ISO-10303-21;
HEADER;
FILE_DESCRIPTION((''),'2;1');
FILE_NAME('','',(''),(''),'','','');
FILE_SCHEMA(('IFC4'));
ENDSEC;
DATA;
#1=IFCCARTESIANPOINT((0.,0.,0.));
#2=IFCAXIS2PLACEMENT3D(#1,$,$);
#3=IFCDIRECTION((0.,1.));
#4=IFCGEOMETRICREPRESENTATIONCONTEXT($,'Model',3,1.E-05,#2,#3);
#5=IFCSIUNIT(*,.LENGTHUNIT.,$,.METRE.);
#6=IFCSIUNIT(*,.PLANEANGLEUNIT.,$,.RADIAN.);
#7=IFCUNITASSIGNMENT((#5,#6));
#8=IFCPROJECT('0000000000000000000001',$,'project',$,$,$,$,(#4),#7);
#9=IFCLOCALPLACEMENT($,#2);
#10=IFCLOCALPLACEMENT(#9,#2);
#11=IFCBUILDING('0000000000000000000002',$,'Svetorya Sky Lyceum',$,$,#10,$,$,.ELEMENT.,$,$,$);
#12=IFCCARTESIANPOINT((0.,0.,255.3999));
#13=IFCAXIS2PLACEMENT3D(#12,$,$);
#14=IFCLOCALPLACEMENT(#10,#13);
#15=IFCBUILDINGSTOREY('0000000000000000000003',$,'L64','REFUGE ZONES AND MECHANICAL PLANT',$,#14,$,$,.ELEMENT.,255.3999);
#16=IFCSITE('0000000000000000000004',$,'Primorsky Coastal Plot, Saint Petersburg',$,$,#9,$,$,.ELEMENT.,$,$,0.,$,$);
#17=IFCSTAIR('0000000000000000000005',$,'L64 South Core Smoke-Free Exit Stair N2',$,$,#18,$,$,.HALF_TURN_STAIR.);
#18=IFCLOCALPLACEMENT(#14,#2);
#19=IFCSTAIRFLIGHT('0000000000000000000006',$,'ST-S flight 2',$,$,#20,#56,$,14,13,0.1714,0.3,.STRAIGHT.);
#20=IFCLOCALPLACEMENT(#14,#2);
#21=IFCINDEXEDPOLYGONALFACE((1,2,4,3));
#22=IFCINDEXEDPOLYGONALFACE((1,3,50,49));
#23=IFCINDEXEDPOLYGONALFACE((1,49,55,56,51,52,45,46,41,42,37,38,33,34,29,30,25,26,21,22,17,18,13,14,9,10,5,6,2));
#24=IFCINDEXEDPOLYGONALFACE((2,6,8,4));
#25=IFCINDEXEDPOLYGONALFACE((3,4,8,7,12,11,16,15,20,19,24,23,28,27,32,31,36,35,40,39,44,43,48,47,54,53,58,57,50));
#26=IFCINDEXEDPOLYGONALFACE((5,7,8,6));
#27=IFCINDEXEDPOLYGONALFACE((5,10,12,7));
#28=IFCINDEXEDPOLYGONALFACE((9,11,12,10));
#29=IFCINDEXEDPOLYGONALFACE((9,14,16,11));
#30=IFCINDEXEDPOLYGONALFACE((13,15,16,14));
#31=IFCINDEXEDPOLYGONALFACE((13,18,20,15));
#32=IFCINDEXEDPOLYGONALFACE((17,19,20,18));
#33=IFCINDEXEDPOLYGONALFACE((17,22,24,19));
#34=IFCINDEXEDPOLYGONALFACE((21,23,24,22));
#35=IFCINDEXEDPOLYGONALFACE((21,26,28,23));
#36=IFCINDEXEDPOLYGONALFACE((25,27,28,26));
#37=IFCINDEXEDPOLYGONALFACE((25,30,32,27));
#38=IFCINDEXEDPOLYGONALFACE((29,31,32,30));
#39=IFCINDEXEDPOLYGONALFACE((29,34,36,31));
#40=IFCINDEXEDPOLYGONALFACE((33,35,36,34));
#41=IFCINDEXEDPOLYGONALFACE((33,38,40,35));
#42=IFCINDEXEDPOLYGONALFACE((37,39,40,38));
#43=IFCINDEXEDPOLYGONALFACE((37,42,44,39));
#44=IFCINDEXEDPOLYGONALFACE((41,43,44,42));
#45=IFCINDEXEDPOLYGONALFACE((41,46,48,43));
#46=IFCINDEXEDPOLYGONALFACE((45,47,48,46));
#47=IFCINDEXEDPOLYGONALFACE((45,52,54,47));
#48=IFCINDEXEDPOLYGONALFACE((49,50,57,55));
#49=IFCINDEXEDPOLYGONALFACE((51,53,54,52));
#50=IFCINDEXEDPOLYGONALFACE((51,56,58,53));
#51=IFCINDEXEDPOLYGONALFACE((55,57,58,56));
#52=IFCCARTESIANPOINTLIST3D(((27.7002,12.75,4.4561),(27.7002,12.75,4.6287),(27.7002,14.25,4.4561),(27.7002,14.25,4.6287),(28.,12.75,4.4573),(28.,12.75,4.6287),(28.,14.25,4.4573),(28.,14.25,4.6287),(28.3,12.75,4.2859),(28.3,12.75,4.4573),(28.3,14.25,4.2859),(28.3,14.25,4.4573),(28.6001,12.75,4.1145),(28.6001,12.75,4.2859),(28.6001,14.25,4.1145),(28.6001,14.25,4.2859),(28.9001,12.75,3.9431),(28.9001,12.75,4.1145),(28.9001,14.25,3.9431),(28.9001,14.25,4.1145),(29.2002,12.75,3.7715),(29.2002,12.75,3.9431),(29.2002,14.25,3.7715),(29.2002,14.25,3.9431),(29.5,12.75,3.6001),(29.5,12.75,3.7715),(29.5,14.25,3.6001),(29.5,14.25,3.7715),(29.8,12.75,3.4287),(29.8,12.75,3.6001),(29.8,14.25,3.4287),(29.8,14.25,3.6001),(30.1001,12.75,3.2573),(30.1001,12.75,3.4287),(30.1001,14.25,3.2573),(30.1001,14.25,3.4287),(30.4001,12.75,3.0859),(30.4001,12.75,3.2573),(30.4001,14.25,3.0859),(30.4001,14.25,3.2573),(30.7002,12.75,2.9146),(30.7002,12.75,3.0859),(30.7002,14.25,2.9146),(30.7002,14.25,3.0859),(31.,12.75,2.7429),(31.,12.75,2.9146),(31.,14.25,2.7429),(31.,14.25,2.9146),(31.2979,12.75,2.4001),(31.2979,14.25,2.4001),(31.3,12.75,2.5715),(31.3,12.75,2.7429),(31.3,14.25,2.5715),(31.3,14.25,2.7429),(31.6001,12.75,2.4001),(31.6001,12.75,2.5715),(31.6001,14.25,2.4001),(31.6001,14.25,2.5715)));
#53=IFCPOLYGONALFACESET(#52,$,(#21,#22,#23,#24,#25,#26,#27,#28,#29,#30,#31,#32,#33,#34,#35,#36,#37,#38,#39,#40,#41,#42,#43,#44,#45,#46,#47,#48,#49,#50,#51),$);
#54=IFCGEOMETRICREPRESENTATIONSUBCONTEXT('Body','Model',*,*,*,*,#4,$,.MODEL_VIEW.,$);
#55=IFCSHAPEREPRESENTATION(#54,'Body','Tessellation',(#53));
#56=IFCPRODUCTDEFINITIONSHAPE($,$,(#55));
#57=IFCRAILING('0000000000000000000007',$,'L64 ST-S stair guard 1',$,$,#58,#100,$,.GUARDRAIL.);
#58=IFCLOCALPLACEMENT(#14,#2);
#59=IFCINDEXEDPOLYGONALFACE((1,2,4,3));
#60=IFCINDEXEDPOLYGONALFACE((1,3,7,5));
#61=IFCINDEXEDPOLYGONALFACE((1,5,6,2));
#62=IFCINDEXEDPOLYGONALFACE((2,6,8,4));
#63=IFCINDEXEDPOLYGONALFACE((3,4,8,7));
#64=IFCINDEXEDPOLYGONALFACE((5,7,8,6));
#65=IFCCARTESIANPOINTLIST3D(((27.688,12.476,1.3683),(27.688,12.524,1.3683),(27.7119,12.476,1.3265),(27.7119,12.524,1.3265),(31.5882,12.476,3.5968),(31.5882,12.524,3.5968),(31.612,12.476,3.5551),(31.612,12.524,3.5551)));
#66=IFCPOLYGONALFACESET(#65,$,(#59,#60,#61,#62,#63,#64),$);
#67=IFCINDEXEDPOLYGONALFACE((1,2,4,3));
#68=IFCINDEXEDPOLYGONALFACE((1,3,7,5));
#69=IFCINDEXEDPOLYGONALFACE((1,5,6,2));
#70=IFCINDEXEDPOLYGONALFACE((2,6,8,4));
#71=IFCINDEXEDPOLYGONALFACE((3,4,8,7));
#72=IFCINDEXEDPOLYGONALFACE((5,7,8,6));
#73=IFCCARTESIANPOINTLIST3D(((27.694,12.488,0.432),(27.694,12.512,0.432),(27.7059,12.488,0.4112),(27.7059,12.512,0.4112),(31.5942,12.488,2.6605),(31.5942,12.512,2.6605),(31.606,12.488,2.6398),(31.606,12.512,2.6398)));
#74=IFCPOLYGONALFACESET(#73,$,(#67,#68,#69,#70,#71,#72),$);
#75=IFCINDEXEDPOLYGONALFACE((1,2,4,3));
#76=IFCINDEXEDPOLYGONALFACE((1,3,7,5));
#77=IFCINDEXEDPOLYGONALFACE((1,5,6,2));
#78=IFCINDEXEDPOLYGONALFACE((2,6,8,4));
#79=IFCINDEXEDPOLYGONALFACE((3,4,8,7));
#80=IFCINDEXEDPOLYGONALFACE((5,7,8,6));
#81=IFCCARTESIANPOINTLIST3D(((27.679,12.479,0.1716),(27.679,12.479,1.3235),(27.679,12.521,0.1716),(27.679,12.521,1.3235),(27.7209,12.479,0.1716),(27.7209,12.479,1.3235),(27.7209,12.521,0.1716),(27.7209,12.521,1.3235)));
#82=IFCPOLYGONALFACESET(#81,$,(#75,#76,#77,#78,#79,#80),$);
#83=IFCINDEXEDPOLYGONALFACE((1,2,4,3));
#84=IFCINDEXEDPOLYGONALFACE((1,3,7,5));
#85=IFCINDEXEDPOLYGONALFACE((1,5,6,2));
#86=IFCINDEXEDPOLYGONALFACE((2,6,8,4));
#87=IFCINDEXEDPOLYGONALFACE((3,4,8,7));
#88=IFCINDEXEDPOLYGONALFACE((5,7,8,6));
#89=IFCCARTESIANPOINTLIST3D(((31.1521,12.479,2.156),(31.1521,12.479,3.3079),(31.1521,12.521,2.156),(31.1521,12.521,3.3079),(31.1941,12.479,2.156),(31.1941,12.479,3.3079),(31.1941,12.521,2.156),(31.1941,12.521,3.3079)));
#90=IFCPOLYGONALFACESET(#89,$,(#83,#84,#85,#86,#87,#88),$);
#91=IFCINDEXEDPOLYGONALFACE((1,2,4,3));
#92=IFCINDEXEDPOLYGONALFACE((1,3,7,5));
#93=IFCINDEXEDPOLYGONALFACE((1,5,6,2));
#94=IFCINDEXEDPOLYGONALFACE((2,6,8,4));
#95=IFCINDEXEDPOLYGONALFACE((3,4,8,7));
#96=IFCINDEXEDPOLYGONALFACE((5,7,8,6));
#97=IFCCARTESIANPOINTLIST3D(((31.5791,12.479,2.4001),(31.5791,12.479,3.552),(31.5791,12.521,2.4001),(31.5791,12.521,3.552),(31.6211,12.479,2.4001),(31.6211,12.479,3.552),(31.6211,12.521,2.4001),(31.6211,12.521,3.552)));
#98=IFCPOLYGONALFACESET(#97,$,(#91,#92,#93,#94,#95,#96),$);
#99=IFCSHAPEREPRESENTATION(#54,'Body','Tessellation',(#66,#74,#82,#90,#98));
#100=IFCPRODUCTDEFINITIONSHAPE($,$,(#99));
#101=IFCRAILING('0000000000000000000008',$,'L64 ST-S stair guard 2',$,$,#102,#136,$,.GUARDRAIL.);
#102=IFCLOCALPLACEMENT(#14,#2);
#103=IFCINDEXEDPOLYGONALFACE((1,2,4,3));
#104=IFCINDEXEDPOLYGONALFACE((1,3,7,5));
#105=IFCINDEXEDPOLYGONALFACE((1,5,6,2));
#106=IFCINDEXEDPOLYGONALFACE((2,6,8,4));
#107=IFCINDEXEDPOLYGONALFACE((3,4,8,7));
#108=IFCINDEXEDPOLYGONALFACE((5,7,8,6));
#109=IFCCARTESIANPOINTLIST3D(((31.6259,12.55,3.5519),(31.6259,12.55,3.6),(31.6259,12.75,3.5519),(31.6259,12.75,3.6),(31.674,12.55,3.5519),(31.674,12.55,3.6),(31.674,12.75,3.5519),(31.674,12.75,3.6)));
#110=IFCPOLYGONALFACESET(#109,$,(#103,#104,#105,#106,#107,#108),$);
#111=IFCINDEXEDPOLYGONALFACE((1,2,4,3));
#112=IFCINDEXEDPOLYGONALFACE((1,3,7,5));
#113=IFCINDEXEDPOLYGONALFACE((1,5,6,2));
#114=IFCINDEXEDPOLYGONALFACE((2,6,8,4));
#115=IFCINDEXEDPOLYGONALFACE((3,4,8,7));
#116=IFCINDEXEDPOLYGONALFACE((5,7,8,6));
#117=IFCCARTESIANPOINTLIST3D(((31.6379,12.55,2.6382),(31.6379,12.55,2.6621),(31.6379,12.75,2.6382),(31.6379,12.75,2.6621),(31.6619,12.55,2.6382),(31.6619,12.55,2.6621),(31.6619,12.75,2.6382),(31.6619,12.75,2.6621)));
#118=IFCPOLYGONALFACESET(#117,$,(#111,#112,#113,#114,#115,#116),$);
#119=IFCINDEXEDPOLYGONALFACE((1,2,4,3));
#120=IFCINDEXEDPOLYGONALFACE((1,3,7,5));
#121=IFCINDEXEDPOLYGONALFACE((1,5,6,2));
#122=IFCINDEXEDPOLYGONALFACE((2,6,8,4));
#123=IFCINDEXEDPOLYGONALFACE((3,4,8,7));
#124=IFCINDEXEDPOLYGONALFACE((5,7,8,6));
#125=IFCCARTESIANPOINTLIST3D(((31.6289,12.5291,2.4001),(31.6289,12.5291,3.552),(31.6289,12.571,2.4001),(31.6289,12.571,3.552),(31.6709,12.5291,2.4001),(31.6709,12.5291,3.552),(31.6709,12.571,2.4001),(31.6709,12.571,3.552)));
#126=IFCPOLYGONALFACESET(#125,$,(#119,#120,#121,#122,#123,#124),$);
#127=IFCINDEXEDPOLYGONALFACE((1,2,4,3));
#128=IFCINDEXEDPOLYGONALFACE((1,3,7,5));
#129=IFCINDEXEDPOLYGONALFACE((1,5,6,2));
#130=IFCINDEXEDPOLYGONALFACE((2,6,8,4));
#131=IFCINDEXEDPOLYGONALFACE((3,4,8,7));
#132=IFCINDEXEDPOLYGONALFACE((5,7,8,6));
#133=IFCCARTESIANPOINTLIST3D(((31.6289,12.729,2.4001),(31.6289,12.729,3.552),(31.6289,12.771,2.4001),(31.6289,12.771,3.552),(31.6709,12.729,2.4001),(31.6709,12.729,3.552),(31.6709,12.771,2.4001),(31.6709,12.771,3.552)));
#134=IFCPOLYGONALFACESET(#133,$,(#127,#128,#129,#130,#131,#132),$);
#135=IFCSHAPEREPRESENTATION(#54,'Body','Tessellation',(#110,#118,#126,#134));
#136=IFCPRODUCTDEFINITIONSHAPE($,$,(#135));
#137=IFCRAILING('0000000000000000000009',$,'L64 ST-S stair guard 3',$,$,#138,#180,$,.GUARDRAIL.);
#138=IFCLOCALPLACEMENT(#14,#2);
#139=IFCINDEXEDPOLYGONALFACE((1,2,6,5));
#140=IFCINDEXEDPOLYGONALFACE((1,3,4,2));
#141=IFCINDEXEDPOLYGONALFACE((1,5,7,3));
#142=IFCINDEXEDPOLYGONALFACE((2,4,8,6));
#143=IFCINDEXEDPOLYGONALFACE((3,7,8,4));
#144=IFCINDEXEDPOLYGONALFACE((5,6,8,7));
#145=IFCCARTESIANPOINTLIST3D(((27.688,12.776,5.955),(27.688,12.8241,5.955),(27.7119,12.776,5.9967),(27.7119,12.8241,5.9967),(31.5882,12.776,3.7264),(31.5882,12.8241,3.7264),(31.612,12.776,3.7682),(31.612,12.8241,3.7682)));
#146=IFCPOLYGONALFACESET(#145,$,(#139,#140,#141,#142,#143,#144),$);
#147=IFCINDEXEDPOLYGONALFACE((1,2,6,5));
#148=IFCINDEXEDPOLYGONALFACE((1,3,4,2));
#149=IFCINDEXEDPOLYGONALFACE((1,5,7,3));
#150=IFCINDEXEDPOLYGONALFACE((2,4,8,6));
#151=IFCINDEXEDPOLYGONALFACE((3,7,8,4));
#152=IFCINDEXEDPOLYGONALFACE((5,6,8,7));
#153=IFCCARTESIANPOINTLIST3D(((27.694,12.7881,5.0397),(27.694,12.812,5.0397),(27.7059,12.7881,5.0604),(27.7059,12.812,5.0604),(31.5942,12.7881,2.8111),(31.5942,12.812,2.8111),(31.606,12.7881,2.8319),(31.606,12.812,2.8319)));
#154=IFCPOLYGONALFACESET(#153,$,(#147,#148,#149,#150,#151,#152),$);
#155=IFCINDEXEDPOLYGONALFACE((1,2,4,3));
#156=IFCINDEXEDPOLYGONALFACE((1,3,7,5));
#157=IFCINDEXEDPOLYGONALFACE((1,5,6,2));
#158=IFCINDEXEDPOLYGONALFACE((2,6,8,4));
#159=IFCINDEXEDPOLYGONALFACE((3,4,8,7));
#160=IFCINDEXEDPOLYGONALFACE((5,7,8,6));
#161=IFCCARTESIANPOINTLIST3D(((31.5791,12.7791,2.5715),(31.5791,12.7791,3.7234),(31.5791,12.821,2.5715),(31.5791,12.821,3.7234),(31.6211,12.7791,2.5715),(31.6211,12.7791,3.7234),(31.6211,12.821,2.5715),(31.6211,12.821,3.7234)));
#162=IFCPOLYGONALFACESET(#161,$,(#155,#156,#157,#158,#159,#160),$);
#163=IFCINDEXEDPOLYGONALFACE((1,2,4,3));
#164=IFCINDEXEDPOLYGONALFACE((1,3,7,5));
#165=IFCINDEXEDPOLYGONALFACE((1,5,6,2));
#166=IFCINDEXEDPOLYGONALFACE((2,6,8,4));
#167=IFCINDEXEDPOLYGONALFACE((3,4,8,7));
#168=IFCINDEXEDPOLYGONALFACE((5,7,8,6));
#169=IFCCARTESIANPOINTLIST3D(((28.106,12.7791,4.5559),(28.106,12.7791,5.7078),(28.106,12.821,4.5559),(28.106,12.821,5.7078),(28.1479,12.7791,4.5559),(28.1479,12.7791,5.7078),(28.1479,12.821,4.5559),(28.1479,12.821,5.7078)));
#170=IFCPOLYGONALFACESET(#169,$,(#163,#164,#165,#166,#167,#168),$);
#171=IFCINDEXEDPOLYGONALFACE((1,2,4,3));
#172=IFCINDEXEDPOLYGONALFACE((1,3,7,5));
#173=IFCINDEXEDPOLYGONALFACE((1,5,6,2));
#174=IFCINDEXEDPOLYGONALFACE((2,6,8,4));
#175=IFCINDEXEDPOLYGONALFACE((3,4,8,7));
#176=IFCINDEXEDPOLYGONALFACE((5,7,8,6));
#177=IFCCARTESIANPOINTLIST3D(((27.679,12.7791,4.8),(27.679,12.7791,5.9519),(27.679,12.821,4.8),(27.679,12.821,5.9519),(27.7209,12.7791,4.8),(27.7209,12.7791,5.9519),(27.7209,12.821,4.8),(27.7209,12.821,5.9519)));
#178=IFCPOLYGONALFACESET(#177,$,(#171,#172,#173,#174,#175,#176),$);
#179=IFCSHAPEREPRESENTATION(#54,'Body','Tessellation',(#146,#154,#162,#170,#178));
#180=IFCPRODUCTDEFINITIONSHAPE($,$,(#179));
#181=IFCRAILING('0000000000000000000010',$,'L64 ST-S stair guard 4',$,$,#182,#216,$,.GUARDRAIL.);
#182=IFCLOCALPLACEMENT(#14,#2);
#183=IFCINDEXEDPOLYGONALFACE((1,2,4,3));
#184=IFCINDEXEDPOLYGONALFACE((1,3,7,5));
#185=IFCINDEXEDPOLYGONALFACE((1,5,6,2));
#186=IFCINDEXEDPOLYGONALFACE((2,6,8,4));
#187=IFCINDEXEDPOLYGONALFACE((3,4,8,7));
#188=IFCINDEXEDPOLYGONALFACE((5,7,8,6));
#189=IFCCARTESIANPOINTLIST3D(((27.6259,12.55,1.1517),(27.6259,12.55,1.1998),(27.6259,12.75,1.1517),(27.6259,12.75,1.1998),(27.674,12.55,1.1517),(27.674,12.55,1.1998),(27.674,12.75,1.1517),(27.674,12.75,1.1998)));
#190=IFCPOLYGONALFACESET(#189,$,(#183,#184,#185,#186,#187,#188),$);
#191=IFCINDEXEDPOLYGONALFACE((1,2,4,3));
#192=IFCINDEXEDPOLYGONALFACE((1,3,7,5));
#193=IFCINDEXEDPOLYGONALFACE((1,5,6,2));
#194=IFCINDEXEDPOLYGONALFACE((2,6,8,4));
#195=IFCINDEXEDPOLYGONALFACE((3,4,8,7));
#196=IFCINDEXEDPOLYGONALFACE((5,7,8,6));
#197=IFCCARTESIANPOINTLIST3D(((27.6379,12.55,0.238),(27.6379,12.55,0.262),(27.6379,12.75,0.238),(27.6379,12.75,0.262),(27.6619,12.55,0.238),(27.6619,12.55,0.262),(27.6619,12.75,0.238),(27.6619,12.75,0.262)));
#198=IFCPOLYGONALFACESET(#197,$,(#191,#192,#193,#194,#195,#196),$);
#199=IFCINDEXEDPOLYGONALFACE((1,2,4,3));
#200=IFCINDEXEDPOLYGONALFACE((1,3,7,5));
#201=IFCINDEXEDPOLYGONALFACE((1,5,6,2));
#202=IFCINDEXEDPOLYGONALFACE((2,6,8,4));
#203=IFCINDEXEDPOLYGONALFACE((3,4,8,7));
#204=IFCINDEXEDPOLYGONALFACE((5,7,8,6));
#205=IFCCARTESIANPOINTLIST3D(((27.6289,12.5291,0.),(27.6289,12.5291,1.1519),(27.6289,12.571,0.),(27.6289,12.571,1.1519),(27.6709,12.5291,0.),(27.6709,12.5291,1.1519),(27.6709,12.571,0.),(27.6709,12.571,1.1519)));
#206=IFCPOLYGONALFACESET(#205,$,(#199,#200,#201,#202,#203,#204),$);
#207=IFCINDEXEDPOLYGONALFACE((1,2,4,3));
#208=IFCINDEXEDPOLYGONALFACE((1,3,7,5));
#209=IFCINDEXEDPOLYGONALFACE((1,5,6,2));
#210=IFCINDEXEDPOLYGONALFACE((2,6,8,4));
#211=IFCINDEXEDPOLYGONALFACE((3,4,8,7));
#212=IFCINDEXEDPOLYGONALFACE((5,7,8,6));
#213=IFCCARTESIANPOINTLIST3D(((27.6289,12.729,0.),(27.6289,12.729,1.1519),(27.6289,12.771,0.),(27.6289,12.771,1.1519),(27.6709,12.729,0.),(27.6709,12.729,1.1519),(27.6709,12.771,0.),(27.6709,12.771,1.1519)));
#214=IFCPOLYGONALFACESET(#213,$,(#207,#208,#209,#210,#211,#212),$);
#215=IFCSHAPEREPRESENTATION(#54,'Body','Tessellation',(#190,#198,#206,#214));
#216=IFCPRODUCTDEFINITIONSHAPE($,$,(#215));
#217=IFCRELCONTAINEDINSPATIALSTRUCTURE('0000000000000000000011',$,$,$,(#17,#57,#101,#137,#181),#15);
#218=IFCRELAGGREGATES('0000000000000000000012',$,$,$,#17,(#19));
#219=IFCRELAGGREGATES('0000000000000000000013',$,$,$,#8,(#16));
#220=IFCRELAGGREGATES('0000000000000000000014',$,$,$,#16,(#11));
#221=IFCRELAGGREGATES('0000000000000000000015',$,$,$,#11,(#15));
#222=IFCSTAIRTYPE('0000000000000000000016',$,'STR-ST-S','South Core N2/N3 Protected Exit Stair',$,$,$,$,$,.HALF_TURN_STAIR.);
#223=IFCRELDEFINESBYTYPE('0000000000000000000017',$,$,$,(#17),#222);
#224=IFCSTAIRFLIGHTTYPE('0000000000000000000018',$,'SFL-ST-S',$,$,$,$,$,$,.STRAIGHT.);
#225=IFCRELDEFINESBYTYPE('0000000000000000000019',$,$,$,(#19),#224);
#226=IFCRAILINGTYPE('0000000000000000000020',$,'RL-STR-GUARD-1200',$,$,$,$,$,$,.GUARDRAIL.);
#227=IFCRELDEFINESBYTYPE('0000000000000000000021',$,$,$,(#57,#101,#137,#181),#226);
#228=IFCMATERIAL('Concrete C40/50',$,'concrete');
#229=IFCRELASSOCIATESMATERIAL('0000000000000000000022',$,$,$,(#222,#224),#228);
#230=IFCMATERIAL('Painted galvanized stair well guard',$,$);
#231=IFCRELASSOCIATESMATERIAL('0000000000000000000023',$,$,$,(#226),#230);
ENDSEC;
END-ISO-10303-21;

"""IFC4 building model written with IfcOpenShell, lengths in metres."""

from ifc_helpers import new_model, si_unit, direction, frame, origin, origin_2d, place, context, subcontext, project, spatial, polyline, rectangle, outline, extrude, material, type_object, element, aggregate, save


model = new_model("IFC4")

# Units and contexts
model_context = context("Model", 3, precision=1e-05, world=origin(), true_north=direction((0.0, 1.0)))
body_context = subcontext(model_context, "Body", "Model", "MODEL_VIEW")
ifc_project = project(units=[si_unit("LENGTHUNIT", "METRE"), si_unit("PLANEANGLEUNIT", "RADIAN")], contexts=[model_context])

# Site, building, storey
site_placement = place(None, origin())
site = spatial("IfcSite", under=ifc_project, at=site_placement, Name="Primorsky Coastal Plot, Saint Petersburg", CompositionType="ELEMENT", RefElevation=0.0)
building_placement = place(site_placement, origin())
building = spatial("IfcBuilding", under=site, at=building_placement, Name="Svetorya Sky Lyceum", CompositionType="ELEMENT")
storey_placement = place(building_placement, frame((0.0, 0.0, 255.3999)))
storey = spatial("IfcBuildingStorey", under=building, at=storey_placement, Name="L64", Description="REFUGE ZONES AND MECHANICAL PLANT", CompositionType="ELEMENT", Elevation=255.3999)

# Shared definitions
ifc_material_1 = material(Name="Concrete C40/50", Category="concrete")

# Stair, stair flight
stair_type = type_object("IfcStairType", Name="STR-ST-S", Description="South Core N2/N3 Protected Exit Stair", PredefinedType="HALF_TURN_STAIR", material=ifc_material_1)
stair_placement = place(storey_placement, origin())
stair = element("IfcStair", 1, at=stair_placement, inside=storey, type_object=stair_type, Name="L64 South Core Smoke-Free Exit Stair N2", PredefinedType="HALF_TURN_STAIR")
stair_flight_type = type_object("IfcStairFlightType", Name="SFL-ST-S", PredefinedType="STRAIGHT", material=ifc_material_1)
stair_flight_1_placement = place(storey_placement, frame((31.6001, 13.5, 2.4001), z_axis=(0.0, 0.0, 1.0), x_axis=(-1.0, 0.0, 0.0)))
stair_flight_1 = element("IfcStairFlight", 2, at=stair_flight_1_placement, type_object=stair_flight_type, Name="ST-S flight 2", NumberOfRisers=14, NumberOfTreads=13, PredefinedType="STRAIGHT", RiserHeight=0.1714, TreadLength=0.3, context=body_context, shape_type="SweptSolid", body=[
    extrude(outline(polyline([(0.0, 0.0), (0.0, 0.1714), (0.3, 0.1714), (0.3, 0.3428), (0.6001, 0.3428), (0.6001, 0.5144), (0.8999, 0.5144), (0.8999, 0.6858), (1.2, 0.6858), (1.2, 0.8572), (1.5, 0.8572), (1.5, 1.0286), (1.8, 1.0286), (1.8, 1.2), (2.1001, 1.2), (2.1001, 1.3713), (2.3999, 1.3713), (2.3999, 1.543), (2.7, 1.543), (2.7, 1.7144), (3.0, 1.7144), (3.0, 1.8857), (3.3, 1.8857), (3.3, 2.0571), (3.6001, 2.0571), (3.6001, 2.2285), (3.8999, 2.2285), (3.8999, 2.3999), (3.8999, 2.0559), (0.3022, 0.0), (0.0, 0.0)])), frame((0.0, 0.75, 0.0), z_axis=(0.0, -1.0, 0.0), x_axis=(1.0, 0.0, 0.0)), (0.0, 0.0, 1.0), 1.5),
])
aggregate(stair, [stair_flight_1])

# Railings
ifc_material_2 = material(Name="Painted galvanized stair well guard")
railing_type_1 = type_object("IfcRailingType", Name="RL-STR-GUARD-1200", PredefinedType="GUARDRAIL", material=ifc_material_2)
railing_1_placement = place(storey_placement, frame((27.7, 12.5, 0.1716)))
element("IfcRailing", 3, at=railing_1_placement, inside=storey, type_object=railing_type_1, Name="L64 ST-S stair guard 1", PredefinedType="GUARDRAIL", context=body_context, shape_type="SweptSolid", body=[
    extrude(rectangle(XDim=0.0481, YDim=0.0481, at=origin_2d()), frame((0.0, 0.0, 1.1758), z_axis=(0.868257, 0.0, 0.496116), x_axis=(0.0, 1.0, 0.0)), (0.0, 0.0, 1.0), 4.4919),
    extrude(rectangle(XDim=0.0239, YDim=0.0239, at=origin_2d()), frame((0.0, 0.0, 0.25), z_axis=(0.868257, 0.0, 0.496116), x_axis=(0.0, 1.0, 0.0)), (0.0, 0.0, 1.0), 4.4919),
    extrude(rectangle(XDim=0.042, YDim=0.042, at=origin_2d()), origin(), (0.0, 0.0, 1.0), 1.1519),
    extrude(rectangle(XDim=0.042, YDim=0.042, at=origin_2d()), frame((3.4731, 0.0, 1.9844)), (0.0, 0.0, 1.0), 1.1519),
    extrude(rectangle(XDim=0.042, YDim=0.042, at=origin_2d()), frame((3.9001, 0.0, 2.2285)), (0.0, 0.0, 1.0), 1.1519),
])
railing_2_placement = place(storey_placement, frame((31.6499, 12.55, 2.4001)))
element("IfcRailing", 4, at=railing_2_placement, inside=storey, type_object=railing_type_1, Name="L64 ST-S stair guard 2", PredefinedType="GUARDRAIL", context=body_context, shape_type="SweptSolid", body=[
    extrude(rectangle(XDim=0.0481, YDim=0.0481, at=origin_2d()), frame((0.0, 0.0, 1.1758), z_axis=(0.0, 1.0, 0.0), x_axis=(-1.0, 0.0, 0.0)), (0.0, 0.0, 1.0), 0.2),
    extrude(rectangle(XDim=0.0239, YDim=0.0239, at=origin_2d()), frame((0.0, 0.0, 0.25), z_axis=(0.0, 1.0, 0.0), x_axis=(-1.0, 0.0, 0.0)), (0.0, 0.0, 1.0), 0.2),
    extrude(rectangle(XDim=0.042, YDim=0.042, at=origin_2d()), origin(), (0.0, 0.0, 1.0), 1.1519),
    extrude(rectangle(XDim=0.042, YDim=0.042, at=origin_2d()), frame((0.0, 0.2, 0.0)), (0.0, 0.0, 1.0), 1.1519),
])
railing_3_placement = place(storey_placement, frame((31.6001, 12.8, 2.5715)))
element("IfcRailing", 5, at=railing_3_placement, inside=storey, type_object=railing_type_1, Name="L64 ST-S stair guard 3", PredefinedType="GUARDRAIL", context=body_context, shape_type="SweptSolid", body=[
    extrude(rectangle(XDim=0.0481, YDim=0.0481, at=origin_2d()), frame((0.0, 0.0, 1.1758), z_axis=(-0.868257, 0.0, 0.496116), x_axis=(0.0, -1.0, 0.0)), (0.0, 0.0, 1.0), 4.4919),
    extrude(rectangle(XDim=0.0239, YDim=0.0239, at=origin_2d()), frame((0.0, 0.0, 0.25), z_axis=(-0.868257, 0.0, 0.496116), x_axis=(0.0, -1.0, 0.0)), (0.0, 0.0, 1.0), 4.4919),
    extrude(rectangle(XDim=0.042, YDim=0.042, at=origin_2d()), origin(), (0.0, 0.0, 1.0), 1.1519),
    extrude(rectangle(XDim=0.042, YDim=0.042, at=origin_2d()), frame((-3.4731, 0.0, 1.9844)), (0.0, 0.0, 1.0), 1.1519),
    extrude(rectangle(XDim=0.042, YDim=0.042, at=origin_2d()), frame((-3.9001, 0.0, 2.2285)), (0.0, 0.0, 1.0), 1.1519),
])
railing_4_placement = place(storey_placement, frame((27.6499, 12.55, 0.0)))
element("IfcRailing", 6, at=railing_4_placement, inside=storey, type_object=railing_type_1, Name="L64 ST-S stair guard 4", PredefinedType="GUARDRAIL", context=body_context, shape_type="SweptSolid", body=[
    extrude(rectangle(XDim=0.0481, YDim=0.0481, at=origin_2d()), frame((0.0, 0.0, 1.1758), z_axis=(0.0, 1.0, 0.0), x_axis=(-1.0, 0.0, 0.0)), (0.0, 0.0, 1.0), 0.2),
    extrude(rectangle(XDim=0.0239, YDim=0.0239, at=origin_2d()), frame((0.0, 0.0, 0.25), z_axis=(0.0, 1.0, 0.0), x_axis=(-1.0, 0.0, 0.0)), (0.0, 0.0, 1.0), 0.2),
    extrude(rectangle(XDim=0.042, YDim=0.042, at=origin_2d()), origin(), (0.0, 0.0, 1.0), 1.1519),
    extrude(rectangle(XDim=0.042, YDim=0.042, at=origin_2d()), frame((0.0, 0.2, 0.0)), (0.0, 0.0, 1.0), 1.1519),
])

save(model, "model.ifc")
